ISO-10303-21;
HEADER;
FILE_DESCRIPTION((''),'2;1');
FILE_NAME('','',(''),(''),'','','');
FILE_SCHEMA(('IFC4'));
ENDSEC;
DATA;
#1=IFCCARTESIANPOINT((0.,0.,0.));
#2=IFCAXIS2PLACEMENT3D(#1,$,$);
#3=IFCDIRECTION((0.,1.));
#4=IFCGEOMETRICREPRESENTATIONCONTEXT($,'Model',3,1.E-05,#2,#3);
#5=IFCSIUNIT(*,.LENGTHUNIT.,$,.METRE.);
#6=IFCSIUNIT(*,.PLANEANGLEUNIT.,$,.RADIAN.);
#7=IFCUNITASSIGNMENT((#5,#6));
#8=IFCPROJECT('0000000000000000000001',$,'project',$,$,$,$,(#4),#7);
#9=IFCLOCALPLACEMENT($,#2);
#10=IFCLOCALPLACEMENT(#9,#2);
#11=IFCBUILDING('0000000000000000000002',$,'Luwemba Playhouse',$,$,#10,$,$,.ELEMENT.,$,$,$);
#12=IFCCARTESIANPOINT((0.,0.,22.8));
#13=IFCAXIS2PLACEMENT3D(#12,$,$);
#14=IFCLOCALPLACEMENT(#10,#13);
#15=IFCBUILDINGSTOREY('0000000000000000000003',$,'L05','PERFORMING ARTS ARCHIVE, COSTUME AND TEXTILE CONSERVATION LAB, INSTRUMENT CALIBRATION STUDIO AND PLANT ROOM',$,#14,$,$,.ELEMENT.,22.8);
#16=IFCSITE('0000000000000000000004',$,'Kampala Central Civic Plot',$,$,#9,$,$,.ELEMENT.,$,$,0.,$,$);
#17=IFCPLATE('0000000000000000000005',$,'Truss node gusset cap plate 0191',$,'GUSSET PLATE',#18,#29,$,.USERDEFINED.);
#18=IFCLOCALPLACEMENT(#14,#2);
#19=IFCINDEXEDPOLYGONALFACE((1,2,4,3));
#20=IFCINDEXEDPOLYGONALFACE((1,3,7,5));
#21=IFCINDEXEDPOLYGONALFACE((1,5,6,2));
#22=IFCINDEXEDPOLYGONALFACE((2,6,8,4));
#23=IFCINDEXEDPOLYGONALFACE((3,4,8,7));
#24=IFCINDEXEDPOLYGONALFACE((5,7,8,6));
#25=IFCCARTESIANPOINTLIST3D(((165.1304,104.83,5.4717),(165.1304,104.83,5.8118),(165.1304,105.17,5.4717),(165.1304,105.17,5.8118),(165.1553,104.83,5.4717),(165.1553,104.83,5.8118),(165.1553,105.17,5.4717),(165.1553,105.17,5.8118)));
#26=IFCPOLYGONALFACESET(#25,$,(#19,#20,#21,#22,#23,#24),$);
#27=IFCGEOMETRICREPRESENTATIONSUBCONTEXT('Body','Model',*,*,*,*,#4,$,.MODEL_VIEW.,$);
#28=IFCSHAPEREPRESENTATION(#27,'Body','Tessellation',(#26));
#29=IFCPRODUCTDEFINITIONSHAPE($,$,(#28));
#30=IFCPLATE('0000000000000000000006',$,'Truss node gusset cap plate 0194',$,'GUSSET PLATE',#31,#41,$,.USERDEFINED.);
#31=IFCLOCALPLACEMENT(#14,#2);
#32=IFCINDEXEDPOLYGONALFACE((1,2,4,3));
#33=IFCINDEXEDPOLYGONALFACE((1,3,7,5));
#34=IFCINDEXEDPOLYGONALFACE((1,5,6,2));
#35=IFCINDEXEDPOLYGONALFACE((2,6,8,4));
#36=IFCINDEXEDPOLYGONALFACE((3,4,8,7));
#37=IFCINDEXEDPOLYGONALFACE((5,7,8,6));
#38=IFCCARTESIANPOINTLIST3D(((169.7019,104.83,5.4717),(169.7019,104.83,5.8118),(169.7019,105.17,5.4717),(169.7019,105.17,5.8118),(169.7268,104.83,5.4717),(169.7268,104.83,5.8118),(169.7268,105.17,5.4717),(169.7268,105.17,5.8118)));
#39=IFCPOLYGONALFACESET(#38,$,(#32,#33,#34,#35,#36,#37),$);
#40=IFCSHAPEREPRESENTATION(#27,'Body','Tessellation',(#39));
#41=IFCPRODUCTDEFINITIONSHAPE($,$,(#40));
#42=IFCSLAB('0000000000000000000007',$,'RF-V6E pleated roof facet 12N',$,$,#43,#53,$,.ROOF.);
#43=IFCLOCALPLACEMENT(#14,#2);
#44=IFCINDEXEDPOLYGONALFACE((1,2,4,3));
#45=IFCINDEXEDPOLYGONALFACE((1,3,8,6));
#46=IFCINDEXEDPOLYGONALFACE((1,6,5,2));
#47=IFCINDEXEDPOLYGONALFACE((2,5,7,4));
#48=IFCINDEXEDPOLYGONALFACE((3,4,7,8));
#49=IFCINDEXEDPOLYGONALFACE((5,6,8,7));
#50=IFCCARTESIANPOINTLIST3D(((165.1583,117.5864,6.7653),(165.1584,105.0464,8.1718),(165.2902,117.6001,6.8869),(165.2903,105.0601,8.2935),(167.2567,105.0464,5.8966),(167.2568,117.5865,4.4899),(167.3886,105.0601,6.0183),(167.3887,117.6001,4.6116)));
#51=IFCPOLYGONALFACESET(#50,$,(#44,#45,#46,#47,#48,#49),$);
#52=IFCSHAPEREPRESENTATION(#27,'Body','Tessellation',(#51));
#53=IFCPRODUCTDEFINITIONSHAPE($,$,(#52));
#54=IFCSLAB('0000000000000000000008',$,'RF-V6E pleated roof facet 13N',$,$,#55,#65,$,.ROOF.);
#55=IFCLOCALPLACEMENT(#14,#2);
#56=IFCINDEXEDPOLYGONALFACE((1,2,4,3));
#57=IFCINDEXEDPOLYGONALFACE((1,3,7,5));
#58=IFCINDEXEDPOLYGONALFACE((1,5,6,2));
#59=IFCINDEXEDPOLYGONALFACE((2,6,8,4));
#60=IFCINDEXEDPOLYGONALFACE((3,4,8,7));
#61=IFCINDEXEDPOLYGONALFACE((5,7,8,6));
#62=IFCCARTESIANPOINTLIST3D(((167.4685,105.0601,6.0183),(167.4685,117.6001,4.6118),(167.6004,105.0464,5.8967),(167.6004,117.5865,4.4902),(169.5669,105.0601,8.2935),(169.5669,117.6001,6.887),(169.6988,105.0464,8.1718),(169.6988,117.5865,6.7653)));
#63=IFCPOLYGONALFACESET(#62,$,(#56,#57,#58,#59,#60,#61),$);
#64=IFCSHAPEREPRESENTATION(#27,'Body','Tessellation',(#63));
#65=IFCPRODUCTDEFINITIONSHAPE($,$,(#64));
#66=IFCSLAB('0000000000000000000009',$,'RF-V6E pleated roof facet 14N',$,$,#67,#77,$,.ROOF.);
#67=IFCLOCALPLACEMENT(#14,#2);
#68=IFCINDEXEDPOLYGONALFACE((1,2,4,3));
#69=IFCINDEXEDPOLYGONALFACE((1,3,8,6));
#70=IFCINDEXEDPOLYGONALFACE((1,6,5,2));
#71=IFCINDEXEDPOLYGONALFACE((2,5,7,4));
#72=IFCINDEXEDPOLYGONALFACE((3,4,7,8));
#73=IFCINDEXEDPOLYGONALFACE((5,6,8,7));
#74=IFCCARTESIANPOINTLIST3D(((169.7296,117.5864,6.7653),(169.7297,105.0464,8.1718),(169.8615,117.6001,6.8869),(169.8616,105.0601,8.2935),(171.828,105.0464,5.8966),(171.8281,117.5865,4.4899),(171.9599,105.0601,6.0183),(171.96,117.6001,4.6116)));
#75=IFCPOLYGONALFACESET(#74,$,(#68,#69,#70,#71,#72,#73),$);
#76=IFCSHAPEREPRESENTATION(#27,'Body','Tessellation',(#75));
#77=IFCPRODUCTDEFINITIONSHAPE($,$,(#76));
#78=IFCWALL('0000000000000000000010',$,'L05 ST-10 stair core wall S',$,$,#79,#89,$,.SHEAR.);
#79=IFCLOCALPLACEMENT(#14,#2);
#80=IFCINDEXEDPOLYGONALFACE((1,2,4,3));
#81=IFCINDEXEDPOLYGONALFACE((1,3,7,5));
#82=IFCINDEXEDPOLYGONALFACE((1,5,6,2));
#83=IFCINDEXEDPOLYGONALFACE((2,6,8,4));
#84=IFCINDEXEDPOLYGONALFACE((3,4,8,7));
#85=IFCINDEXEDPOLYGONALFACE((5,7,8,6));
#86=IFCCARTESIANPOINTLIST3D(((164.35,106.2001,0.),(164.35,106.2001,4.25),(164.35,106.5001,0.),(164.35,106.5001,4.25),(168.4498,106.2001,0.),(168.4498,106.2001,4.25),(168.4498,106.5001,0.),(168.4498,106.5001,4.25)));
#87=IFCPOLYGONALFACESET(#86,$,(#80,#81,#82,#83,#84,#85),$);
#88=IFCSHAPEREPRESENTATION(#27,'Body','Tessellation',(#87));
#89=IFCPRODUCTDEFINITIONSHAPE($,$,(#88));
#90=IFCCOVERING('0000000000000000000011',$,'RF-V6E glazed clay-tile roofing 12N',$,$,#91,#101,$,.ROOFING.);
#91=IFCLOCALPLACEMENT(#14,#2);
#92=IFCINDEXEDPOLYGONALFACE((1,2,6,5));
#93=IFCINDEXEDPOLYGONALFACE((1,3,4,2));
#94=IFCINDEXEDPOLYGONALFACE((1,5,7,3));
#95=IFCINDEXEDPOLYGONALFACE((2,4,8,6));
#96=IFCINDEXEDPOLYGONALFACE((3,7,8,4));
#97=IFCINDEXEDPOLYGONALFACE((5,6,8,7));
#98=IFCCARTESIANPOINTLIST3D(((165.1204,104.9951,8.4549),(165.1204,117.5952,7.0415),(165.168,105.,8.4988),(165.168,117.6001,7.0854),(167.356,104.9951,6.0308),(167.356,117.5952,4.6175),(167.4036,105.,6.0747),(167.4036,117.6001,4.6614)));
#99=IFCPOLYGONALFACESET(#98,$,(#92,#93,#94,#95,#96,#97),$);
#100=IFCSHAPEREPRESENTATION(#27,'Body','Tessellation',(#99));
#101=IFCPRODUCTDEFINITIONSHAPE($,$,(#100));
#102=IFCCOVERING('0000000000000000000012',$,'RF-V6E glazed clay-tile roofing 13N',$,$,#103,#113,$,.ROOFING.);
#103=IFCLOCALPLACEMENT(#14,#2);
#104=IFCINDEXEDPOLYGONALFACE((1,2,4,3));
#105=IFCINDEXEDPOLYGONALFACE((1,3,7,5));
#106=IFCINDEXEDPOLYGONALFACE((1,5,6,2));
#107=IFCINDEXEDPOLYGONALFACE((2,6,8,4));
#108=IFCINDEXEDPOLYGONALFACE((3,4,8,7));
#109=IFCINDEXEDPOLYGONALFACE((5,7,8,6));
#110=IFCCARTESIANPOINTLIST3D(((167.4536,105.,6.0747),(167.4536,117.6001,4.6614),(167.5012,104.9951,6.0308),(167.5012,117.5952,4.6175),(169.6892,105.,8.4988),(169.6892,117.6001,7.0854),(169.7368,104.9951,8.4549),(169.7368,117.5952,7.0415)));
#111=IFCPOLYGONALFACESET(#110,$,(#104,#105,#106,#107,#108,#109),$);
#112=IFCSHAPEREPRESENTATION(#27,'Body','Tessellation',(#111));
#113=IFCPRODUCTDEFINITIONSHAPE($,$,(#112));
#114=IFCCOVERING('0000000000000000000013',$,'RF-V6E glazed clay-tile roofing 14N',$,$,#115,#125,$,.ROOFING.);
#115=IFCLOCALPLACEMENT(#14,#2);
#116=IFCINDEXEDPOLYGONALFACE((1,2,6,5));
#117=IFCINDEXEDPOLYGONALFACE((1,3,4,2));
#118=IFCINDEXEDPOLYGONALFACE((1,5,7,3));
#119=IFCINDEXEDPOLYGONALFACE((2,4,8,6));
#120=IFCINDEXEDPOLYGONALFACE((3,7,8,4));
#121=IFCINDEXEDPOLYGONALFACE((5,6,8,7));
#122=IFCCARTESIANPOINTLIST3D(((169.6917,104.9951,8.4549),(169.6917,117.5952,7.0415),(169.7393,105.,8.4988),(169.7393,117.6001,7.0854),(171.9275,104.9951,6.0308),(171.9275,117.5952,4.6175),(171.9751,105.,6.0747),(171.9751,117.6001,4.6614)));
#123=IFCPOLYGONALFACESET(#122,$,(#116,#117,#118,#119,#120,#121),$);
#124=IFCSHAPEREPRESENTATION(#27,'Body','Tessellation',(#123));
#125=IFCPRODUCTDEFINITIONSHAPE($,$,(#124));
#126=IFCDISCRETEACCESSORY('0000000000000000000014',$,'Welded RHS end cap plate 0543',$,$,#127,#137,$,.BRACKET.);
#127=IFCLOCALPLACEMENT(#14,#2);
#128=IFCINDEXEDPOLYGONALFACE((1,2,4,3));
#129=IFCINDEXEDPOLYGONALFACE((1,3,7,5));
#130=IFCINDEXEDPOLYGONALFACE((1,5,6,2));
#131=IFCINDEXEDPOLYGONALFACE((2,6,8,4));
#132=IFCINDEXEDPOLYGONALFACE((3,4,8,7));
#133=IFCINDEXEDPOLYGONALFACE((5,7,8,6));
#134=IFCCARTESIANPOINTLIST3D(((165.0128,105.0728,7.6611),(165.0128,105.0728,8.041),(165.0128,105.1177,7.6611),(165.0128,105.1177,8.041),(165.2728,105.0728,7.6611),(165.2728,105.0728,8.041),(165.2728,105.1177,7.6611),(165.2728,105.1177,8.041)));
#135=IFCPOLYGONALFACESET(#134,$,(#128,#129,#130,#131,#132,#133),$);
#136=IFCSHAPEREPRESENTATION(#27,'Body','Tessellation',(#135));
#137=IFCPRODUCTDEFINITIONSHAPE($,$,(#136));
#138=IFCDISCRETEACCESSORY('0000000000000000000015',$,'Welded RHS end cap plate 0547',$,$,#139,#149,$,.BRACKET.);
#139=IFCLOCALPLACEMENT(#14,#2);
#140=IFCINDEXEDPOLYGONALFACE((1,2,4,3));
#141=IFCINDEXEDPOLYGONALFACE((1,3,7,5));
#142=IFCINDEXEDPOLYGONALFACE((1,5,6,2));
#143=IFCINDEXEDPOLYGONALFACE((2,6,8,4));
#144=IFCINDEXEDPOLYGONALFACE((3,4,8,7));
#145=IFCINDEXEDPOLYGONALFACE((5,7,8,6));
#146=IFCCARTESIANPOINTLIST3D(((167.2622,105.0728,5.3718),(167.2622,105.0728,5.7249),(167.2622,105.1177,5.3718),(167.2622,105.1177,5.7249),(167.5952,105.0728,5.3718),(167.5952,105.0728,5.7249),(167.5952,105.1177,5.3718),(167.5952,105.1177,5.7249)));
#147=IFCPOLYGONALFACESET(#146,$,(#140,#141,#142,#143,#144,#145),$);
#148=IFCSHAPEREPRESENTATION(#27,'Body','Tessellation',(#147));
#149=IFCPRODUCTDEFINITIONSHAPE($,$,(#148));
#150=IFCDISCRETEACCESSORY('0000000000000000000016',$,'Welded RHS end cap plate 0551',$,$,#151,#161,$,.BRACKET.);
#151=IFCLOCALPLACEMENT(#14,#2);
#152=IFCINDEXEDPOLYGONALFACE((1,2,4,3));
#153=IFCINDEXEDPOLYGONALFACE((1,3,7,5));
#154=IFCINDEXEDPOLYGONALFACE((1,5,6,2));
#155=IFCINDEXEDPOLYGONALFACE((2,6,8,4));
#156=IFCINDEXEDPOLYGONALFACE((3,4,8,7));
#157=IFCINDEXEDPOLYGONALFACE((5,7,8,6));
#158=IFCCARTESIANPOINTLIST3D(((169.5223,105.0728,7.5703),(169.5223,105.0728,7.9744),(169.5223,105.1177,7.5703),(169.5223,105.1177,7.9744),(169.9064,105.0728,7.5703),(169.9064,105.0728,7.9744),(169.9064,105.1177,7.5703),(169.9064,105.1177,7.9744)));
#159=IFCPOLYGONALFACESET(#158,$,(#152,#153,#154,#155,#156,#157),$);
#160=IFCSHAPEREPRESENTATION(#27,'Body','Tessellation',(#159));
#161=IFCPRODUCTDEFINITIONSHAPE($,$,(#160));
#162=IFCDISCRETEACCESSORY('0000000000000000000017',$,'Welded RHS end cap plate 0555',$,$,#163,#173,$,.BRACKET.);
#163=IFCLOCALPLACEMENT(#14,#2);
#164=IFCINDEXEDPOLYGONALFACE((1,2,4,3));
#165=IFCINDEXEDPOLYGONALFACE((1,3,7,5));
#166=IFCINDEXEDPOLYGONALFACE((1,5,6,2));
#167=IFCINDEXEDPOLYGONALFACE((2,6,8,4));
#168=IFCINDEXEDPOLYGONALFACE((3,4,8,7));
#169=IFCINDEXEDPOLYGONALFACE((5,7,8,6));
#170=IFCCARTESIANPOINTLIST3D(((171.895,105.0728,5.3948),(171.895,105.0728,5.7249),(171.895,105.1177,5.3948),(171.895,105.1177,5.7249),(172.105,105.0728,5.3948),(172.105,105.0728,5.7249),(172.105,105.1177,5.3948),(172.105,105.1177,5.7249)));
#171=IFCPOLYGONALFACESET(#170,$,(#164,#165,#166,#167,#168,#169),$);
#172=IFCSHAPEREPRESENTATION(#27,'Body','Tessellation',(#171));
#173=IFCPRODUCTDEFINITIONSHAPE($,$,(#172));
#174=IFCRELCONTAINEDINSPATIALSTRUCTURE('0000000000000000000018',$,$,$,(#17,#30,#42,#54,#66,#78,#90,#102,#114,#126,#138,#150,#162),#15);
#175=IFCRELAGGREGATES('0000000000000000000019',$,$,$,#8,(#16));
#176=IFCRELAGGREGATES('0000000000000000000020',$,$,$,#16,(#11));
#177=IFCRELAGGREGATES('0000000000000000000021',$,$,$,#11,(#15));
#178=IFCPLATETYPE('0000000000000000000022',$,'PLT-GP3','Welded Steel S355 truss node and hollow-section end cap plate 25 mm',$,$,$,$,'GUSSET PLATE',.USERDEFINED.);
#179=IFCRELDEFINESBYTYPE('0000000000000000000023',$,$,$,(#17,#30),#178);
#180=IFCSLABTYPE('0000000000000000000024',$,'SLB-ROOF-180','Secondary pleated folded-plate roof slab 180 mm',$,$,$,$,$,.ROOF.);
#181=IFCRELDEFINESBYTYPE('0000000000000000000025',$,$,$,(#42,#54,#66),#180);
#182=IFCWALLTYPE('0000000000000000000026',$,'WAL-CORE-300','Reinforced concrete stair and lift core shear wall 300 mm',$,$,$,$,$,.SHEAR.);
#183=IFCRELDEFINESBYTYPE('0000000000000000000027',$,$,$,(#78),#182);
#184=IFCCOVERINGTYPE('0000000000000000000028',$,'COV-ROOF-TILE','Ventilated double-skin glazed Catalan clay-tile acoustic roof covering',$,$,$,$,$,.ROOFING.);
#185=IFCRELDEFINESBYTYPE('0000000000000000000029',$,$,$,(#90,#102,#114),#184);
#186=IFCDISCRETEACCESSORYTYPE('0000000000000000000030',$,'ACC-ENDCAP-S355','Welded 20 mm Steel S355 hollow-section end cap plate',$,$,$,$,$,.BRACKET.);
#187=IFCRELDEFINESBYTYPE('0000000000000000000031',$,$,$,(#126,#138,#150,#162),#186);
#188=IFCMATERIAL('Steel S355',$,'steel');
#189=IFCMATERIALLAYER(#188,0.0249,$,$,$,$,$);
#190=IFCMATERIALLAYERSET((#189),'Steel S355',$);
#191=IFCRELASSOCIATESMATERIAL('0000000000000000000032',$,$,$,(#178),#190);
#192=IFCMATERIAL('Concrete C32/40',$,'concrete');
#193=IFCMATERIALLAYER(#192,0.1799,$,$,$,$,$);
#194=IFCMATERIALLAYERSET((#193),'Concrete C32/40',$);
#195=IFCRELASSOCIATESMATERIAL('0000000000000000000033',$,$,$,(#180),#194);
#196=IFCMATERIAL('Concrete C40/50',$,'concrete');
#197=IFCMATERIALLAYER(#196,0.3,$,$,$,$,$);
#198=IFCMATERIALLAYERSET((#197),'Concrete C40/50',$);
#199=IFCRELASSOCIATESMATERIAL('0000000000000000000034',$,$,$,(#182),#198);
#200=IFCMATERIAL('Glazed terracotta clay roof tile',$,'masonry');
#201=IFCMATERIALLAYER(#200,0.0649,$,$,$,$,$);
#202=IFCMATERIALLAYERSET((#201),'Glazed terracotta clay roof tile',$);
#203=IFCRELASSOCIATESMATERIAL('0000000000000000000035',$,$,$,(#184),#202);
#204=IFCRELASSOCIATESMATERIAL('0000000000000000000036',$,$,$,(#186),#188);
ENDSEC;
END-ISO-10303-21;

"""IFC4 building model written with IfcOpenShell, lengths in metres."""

from ifc_helpers import new_model, si_unit, direction, frame, frame_2d, origin, origin_2d, place, context, subcontext, project, spatial, polyline, rectangle, outline, extrude, material, layer, layer_set, type_object, element, save


model = new_model("IFC4")

# Units and contexts
model_context = context("Model", 3, precision=1e-05, world=origin(), true_north=direction((0.0, 1.0)))
body_context = subcontext(model_context, "Body", "Model", "MODEL_VIEW")
ifc_project = project(units=[si_unit("LENGTHUNIT", "METRE"), si_unit("PLANEANGLEUNIT", "RADIAN")], contexts=[model_context])

# Site, building, storey
site_placement = place(None, origin())
site = spatial("IfcSite", under=ifc_project, at=site_placement, Name="Kampala Central Civic Plot", CompositionType="ELEMENT", RefElevation=0.0)
building_placement = place(site_placement, origin())
building = spatial("IfcBuilding", under=site, at=building_placement, Name="Luwemba Playhouse", CompositionType="ELEMENT")
storey_placement = place(building_placement, frame((0.0, 0.0, 22.8)))
storey = spatial("IfcBuildingStorey", under=building, at=storey_placement, Name="L05", Description="PERFORMING ARTS ARCHIVE, COSTUME AND TEXTILE CONSERVATION LAB, INSTRUMENT CALIBRATION STUDIO AND PLANT ROOM", CompositionType="ELEMENT", Elevation=22.8)

# Shared definitions
ifc_material_1 = material(Name="Concrete C40/50", Category="concrete")
ifc_material_2 = material(Name="Steel S355", Category="steel")

# Plates
ifc_layer_1 = layer(ifc_material_2, 0.0249)
ifc_layer_set_1 = layer_set([ifc_layer_1], Name="Steel S355")
plate_type = type_object("IfcPlateType", Name="PLT-GP3", Description="Welded Steel S355 truss node and hollow-section end cap plate 25 mm", ElementType="GUSSET PLATE", PredefinedType="USERDEFINED", material=ifc_layer_set_1)
for number, where, z_axis, x_axis, name in (
    (1, (165.1428, 105.0, 5.4717), (0.0, 0.0, 1.0), (1.0, 0.0, 0.0), "Truss node gusset cap plate 0191"),
    (2, (169.7144, 105.0, 5.4717), (0.0, 0.0, 1.0), (1.0, 0.0, 0.0), "Truss node gusset cap plate 0194"),
):
    element("IfcPlate", number, at=place(storey_placement, frame(where, z_axis=z_axis, x_axis=x_axis)), inside=storey, type_object=plate_type, Name=name, ObjectType="GUSSET PLATE", PredefinedType="USERDEFINED", context=body_context, shape_type="SweptSolid", body=[
        extrude(rectangle(XDim=0.0249, YDim=0.3401, at=origin_2d()), origin(), (0.0, 0.0, 1.0), 0.3401),
    ])

# Slabs
ifc_material_3 = material(Name="Concrete C32/40", Category="concrete")
ifc_layer_2 = layer(ifc_material_3, 0.1799)
ifc_layer_set_2 = layer_set([ifc_layer_2], Name="Concrete C32/40")
slab_type = type_object("IfcSlabType", Name="SLB-ROOF-180", Description="Secondary pleated folded-plate roof slab 180 mm", PredefinedType="ROOF", material=ifc_layer_set_2)
slab_1_placement = place(storey_placement, frame((165.2903, 105.0601, 8.2935), z_axis=(0.732986, 0.075827, 0.676004), x_axis=(0.677956, -0.000002, -0.735103)))
element("IfcSlab", 3, at=slab_1_placement, inside=storey, type_object=slab_type, Name="RF-V6E pleated roof facet 12N", PredefinedType="ROOF", context=body_context, shape_type="SweptSolid", body=[
    extrude(outline(polyline([(0.0, 0.0), (3.0951, 0.0), (4.1292, 12.5763), (1.0339, 12.5762), (0.0, 0.0)])), origin(), (0.0, 0.0, -1.0), 0.1799),
])
slab_2_placement = place(storey_placement, frame((167.4685, 105.0601, 6.0183), z_axis=(-0.732969, 0.075823, 0.676024), x_axis=(0.677975, 0.0, 0.735085)))
element("IfcSlab", 4, at=slab_2_placement, inside=storey, type_object=slab_type, Name="RF-V6E pleated roof facet 13N", PredefinedType="ROOF", context=body_context, shape_type="SweptSolid", body=[
    extrude(outline(polyline([(0.0, 0.0), (3.0951, 0.0), (2.0612, 12.5762), (-1.0339, 12.5762), (0.0, 0.0)])), origin(), (0.0, 0.0, -1.0), 0.1799),
])
slab_3_placement = place(storey_placement, frame((169.8616, 105.0601, 8.2935), z_axis=(0.732986, 0.075827, 0.676004), x_axis=(0.677956, -0.000002, -0.735103)))
element("IfcSlab", 5, at=slab_3_placement, inside=storey, type_object=slab_type, Name="RF-V6E pleated roof facet 14N", PredefinedType="ROOF", context=body_context, shape_type="SweptSolid", body=[
    extrude(outline(polyline([(0.0, 0.0), (3.0951, 0.0), (4.1292, 12.5763), (1.0339, 12.5762), (0.0, 0.0)])), origin(), (0.0, 0.0, -1.0), 0.1799),
])

# Wall
ifc_layer_3 = layer(ifc_material_1, 0.3)
ifc_layer_set_3 = layer_set([ifc_layer_3], Name="Concrete C40/50")
wall_type = type_object("IfcWallType", Name="WAL-CORE-300", Description="Reinforced concrete stair and lift core shear wall 300 mm", PredefinedType="SHEAR", material=ifc_layer_set_3)
wall_placement = place(storey_placement, frame((164.3501, 106.3501, 0.0), z_axis=(0.0, 0.0, 1.0), x_axis=(1.0, 0.0, 0.0)))
element("IfcWall", 6, at=wall_placement, inside=storey, type_object=wall_type, Name="L05 ST-10 stair core wall S", PredefinedType="SHEAR", context=body_context, shape_type="SweptSolid", body=[
    extrude(rectangle(XDim=4.0999, YDim=0.3, at=frame_2d((2.0498, 0.0))), origin(), (0.0, 0.0, 1.0), 4.25),
])

# Coverings
ifc_material_4 = material(Name="Glazed terracotta clay roof tile", Category="masonry")
ifc_layer_4 = layer(ifc_material_4, 0.0649)
ifc_layer_set_4 = layer_set([ifc_layer_4], Name="Glazed terracotta clay roof tile")
covering_type = type_object("IfcCoveringType", Name="COV-ROOF-TILE", Description="Ventilated double-skin glazed Catalan clay-tile acoustic roof covering", PredefinedType="ROOFING", material=ifc_layer_set_4)
covering_1_placement = place(storey_placement, frame((165.168, 105.0, 8.4988), z_axis=(0.732991, 0.075826, 0.675999), x_axis=(0.677951, 0.0, -0.735107)))
element("IfcCovering", 7, at=covering_1_placement, inside=storey, type_object=covering_type, Name="RF-V6E glazed clay-tile roofing 12N", PredefinedType="ROOFING", context=body_context, shape_type="SweptSolid", body=[
    extrude(outline(polyline([(0.0, 0.0), (3.2976, 0.0), (4.3365, 12.6365), (1.0389, 12.6365), (0.0, 0.0)])), origin(), (0.0, 0.0, -1.0), 0.0649),
])
covering_2_placement = place(storey_placement, frame((167.4536, 105.0, 6.0747), z_axis=(-0.732991, 0.075826, 0.675999), x_axis=(0.677951, 0.0, 0.735107)))
element("IfcCovering", 8, at=covering_2_placement, inside=storey, type_object=covering_type, Name="RF-V6E glazed clay-tile roofing 13N", PredefinedType="ROOFING", context=body_context, shape_type="SweptSolid", body=[
    extrude(outline(polyline([(0.0, 0.0), (3.2976, 0.0), (2.2586, 12.6365), (-1.0389, 12.6365), (0.0, 0.0)])), origin(), (0.0, 0.0, -1.0), 0.0649),
])
covering_3_placement = place(storey_placement, frame((169.7393, 105.0, 8.4988), z_axis=(0.732954, 0.07583, 0.676039), x_axis=(0.677991, 0.0, -0.73507)))
element("IfcCovering", 9, at=covering_3_placement, inside=storey, type_object=covering_type, Name="RF-V6E glazed clay-tile roofing 14N", PredefinedType="ROOFING", context=body_context, shape_type="SweptSolid", body=[
    extrude(outline(polyline([(0.0, 0.0), (3.2977, 0.0), (4.3366, 12.6365), (1.0389, 12.6365), (0.0, 0.0)])), origin(), (0.0, 0.0, -1.0), 0.0649),
])

# Discrete accessories
discrete_accessory_type = type_object("IfcDiscreteAccessoryType", Name="ACC-ENDCAP-S355", Description="Welded 20 mm Steel S355 hollow-section end cap plate", PredefinedType="BRACKET", material=ifc_material_2)
discrete_accessory_1_placement = place(storey_placement, frame((165.1428, 105.0952, 7.6611), z_axis=(0.0, 0.0, 1.0), x_axis=(1.0, 0.0, 0.0)))
element("IfcDiscreteAccessory", 10, at=discrete_accessory_1_placement, inside=storey, type_object=discrete_accessory_type, Name="Welded RHS end cap plate 0543", PredefinedType="BRACKET", context=body_context, shape_type="SweptSolid", body=[
    extrude(rectangle(XDim=0.26, YDim=0.0449, at=origin_2d()), origin(), (0.0, 0.0, 1.0), 0.3799),
])
discrete_accessory_2_placement = place(storey_placement, frame((167.4287, 105.0952, 5.3718), z_axis=(0.0, 0.0, 1.0), x_axis=(1.0, 0.0, 0.0)))
element("IfcDiscreteAccessory", 11, at=discrete_accessory_2_placement, inside=storey, type_object=discrete_accessory_type, Name="Welded RHS end cap plate 0547", PredefinedType="BRACKET", context=body_context, shape_type="SweptSolid", body=[
    extrude(rectangle(XDim=0.333, YDim=0.0449, at=origin_2d()), origin(), (0.0, 0.0, 1.0), 0.353),
])
discrete_accessory_3_placement = place(storey_placement, frame((169.7144, 105.0952, 7.5703), z_axis=(0.0, 0.0, 1.0), x_axis=(1.0, 0.0, 0.0)))
element("IfcDiscreteAccessory", 12, at=discrete_accessory_3_placement, inside=storey, type_object=discrete_accessory_type, Name="Welded RHS end cap plate 0551", PredefinedType="BRACKET", context=body_context, shape_type="SweptSolid", body=[
    extrude(rectangle(XDim=0.384, YDim=0.0449, at=origin_2d()), origin(), (0.0, 0.0, 1.0), 0.4041),
])
discrete_accessory_4_placement = place(storey_placement, frame((172.0, 105.0952, 5.3948), z_axis=(0.0, 0.0, 1.0), x_axis=(1.0, 0.0, 0.0)))
element("IfcDiscreteAccessory", 13, at=discrete_accessory_4_placement, inside=storey, type_object=discrete_accessory_type, Name="Welded RHS end cap plate 0555", PredefinedType="BRACKET", context=body_context, shape_type="SweptSolid", body=[
    extrude(rectangle(XDim=0.21, YDim=0.0449, at=origin_2d()), origin(), (0.0, 0.0, 1.0), 0.3301),
])

save(model, "model.ifc")
